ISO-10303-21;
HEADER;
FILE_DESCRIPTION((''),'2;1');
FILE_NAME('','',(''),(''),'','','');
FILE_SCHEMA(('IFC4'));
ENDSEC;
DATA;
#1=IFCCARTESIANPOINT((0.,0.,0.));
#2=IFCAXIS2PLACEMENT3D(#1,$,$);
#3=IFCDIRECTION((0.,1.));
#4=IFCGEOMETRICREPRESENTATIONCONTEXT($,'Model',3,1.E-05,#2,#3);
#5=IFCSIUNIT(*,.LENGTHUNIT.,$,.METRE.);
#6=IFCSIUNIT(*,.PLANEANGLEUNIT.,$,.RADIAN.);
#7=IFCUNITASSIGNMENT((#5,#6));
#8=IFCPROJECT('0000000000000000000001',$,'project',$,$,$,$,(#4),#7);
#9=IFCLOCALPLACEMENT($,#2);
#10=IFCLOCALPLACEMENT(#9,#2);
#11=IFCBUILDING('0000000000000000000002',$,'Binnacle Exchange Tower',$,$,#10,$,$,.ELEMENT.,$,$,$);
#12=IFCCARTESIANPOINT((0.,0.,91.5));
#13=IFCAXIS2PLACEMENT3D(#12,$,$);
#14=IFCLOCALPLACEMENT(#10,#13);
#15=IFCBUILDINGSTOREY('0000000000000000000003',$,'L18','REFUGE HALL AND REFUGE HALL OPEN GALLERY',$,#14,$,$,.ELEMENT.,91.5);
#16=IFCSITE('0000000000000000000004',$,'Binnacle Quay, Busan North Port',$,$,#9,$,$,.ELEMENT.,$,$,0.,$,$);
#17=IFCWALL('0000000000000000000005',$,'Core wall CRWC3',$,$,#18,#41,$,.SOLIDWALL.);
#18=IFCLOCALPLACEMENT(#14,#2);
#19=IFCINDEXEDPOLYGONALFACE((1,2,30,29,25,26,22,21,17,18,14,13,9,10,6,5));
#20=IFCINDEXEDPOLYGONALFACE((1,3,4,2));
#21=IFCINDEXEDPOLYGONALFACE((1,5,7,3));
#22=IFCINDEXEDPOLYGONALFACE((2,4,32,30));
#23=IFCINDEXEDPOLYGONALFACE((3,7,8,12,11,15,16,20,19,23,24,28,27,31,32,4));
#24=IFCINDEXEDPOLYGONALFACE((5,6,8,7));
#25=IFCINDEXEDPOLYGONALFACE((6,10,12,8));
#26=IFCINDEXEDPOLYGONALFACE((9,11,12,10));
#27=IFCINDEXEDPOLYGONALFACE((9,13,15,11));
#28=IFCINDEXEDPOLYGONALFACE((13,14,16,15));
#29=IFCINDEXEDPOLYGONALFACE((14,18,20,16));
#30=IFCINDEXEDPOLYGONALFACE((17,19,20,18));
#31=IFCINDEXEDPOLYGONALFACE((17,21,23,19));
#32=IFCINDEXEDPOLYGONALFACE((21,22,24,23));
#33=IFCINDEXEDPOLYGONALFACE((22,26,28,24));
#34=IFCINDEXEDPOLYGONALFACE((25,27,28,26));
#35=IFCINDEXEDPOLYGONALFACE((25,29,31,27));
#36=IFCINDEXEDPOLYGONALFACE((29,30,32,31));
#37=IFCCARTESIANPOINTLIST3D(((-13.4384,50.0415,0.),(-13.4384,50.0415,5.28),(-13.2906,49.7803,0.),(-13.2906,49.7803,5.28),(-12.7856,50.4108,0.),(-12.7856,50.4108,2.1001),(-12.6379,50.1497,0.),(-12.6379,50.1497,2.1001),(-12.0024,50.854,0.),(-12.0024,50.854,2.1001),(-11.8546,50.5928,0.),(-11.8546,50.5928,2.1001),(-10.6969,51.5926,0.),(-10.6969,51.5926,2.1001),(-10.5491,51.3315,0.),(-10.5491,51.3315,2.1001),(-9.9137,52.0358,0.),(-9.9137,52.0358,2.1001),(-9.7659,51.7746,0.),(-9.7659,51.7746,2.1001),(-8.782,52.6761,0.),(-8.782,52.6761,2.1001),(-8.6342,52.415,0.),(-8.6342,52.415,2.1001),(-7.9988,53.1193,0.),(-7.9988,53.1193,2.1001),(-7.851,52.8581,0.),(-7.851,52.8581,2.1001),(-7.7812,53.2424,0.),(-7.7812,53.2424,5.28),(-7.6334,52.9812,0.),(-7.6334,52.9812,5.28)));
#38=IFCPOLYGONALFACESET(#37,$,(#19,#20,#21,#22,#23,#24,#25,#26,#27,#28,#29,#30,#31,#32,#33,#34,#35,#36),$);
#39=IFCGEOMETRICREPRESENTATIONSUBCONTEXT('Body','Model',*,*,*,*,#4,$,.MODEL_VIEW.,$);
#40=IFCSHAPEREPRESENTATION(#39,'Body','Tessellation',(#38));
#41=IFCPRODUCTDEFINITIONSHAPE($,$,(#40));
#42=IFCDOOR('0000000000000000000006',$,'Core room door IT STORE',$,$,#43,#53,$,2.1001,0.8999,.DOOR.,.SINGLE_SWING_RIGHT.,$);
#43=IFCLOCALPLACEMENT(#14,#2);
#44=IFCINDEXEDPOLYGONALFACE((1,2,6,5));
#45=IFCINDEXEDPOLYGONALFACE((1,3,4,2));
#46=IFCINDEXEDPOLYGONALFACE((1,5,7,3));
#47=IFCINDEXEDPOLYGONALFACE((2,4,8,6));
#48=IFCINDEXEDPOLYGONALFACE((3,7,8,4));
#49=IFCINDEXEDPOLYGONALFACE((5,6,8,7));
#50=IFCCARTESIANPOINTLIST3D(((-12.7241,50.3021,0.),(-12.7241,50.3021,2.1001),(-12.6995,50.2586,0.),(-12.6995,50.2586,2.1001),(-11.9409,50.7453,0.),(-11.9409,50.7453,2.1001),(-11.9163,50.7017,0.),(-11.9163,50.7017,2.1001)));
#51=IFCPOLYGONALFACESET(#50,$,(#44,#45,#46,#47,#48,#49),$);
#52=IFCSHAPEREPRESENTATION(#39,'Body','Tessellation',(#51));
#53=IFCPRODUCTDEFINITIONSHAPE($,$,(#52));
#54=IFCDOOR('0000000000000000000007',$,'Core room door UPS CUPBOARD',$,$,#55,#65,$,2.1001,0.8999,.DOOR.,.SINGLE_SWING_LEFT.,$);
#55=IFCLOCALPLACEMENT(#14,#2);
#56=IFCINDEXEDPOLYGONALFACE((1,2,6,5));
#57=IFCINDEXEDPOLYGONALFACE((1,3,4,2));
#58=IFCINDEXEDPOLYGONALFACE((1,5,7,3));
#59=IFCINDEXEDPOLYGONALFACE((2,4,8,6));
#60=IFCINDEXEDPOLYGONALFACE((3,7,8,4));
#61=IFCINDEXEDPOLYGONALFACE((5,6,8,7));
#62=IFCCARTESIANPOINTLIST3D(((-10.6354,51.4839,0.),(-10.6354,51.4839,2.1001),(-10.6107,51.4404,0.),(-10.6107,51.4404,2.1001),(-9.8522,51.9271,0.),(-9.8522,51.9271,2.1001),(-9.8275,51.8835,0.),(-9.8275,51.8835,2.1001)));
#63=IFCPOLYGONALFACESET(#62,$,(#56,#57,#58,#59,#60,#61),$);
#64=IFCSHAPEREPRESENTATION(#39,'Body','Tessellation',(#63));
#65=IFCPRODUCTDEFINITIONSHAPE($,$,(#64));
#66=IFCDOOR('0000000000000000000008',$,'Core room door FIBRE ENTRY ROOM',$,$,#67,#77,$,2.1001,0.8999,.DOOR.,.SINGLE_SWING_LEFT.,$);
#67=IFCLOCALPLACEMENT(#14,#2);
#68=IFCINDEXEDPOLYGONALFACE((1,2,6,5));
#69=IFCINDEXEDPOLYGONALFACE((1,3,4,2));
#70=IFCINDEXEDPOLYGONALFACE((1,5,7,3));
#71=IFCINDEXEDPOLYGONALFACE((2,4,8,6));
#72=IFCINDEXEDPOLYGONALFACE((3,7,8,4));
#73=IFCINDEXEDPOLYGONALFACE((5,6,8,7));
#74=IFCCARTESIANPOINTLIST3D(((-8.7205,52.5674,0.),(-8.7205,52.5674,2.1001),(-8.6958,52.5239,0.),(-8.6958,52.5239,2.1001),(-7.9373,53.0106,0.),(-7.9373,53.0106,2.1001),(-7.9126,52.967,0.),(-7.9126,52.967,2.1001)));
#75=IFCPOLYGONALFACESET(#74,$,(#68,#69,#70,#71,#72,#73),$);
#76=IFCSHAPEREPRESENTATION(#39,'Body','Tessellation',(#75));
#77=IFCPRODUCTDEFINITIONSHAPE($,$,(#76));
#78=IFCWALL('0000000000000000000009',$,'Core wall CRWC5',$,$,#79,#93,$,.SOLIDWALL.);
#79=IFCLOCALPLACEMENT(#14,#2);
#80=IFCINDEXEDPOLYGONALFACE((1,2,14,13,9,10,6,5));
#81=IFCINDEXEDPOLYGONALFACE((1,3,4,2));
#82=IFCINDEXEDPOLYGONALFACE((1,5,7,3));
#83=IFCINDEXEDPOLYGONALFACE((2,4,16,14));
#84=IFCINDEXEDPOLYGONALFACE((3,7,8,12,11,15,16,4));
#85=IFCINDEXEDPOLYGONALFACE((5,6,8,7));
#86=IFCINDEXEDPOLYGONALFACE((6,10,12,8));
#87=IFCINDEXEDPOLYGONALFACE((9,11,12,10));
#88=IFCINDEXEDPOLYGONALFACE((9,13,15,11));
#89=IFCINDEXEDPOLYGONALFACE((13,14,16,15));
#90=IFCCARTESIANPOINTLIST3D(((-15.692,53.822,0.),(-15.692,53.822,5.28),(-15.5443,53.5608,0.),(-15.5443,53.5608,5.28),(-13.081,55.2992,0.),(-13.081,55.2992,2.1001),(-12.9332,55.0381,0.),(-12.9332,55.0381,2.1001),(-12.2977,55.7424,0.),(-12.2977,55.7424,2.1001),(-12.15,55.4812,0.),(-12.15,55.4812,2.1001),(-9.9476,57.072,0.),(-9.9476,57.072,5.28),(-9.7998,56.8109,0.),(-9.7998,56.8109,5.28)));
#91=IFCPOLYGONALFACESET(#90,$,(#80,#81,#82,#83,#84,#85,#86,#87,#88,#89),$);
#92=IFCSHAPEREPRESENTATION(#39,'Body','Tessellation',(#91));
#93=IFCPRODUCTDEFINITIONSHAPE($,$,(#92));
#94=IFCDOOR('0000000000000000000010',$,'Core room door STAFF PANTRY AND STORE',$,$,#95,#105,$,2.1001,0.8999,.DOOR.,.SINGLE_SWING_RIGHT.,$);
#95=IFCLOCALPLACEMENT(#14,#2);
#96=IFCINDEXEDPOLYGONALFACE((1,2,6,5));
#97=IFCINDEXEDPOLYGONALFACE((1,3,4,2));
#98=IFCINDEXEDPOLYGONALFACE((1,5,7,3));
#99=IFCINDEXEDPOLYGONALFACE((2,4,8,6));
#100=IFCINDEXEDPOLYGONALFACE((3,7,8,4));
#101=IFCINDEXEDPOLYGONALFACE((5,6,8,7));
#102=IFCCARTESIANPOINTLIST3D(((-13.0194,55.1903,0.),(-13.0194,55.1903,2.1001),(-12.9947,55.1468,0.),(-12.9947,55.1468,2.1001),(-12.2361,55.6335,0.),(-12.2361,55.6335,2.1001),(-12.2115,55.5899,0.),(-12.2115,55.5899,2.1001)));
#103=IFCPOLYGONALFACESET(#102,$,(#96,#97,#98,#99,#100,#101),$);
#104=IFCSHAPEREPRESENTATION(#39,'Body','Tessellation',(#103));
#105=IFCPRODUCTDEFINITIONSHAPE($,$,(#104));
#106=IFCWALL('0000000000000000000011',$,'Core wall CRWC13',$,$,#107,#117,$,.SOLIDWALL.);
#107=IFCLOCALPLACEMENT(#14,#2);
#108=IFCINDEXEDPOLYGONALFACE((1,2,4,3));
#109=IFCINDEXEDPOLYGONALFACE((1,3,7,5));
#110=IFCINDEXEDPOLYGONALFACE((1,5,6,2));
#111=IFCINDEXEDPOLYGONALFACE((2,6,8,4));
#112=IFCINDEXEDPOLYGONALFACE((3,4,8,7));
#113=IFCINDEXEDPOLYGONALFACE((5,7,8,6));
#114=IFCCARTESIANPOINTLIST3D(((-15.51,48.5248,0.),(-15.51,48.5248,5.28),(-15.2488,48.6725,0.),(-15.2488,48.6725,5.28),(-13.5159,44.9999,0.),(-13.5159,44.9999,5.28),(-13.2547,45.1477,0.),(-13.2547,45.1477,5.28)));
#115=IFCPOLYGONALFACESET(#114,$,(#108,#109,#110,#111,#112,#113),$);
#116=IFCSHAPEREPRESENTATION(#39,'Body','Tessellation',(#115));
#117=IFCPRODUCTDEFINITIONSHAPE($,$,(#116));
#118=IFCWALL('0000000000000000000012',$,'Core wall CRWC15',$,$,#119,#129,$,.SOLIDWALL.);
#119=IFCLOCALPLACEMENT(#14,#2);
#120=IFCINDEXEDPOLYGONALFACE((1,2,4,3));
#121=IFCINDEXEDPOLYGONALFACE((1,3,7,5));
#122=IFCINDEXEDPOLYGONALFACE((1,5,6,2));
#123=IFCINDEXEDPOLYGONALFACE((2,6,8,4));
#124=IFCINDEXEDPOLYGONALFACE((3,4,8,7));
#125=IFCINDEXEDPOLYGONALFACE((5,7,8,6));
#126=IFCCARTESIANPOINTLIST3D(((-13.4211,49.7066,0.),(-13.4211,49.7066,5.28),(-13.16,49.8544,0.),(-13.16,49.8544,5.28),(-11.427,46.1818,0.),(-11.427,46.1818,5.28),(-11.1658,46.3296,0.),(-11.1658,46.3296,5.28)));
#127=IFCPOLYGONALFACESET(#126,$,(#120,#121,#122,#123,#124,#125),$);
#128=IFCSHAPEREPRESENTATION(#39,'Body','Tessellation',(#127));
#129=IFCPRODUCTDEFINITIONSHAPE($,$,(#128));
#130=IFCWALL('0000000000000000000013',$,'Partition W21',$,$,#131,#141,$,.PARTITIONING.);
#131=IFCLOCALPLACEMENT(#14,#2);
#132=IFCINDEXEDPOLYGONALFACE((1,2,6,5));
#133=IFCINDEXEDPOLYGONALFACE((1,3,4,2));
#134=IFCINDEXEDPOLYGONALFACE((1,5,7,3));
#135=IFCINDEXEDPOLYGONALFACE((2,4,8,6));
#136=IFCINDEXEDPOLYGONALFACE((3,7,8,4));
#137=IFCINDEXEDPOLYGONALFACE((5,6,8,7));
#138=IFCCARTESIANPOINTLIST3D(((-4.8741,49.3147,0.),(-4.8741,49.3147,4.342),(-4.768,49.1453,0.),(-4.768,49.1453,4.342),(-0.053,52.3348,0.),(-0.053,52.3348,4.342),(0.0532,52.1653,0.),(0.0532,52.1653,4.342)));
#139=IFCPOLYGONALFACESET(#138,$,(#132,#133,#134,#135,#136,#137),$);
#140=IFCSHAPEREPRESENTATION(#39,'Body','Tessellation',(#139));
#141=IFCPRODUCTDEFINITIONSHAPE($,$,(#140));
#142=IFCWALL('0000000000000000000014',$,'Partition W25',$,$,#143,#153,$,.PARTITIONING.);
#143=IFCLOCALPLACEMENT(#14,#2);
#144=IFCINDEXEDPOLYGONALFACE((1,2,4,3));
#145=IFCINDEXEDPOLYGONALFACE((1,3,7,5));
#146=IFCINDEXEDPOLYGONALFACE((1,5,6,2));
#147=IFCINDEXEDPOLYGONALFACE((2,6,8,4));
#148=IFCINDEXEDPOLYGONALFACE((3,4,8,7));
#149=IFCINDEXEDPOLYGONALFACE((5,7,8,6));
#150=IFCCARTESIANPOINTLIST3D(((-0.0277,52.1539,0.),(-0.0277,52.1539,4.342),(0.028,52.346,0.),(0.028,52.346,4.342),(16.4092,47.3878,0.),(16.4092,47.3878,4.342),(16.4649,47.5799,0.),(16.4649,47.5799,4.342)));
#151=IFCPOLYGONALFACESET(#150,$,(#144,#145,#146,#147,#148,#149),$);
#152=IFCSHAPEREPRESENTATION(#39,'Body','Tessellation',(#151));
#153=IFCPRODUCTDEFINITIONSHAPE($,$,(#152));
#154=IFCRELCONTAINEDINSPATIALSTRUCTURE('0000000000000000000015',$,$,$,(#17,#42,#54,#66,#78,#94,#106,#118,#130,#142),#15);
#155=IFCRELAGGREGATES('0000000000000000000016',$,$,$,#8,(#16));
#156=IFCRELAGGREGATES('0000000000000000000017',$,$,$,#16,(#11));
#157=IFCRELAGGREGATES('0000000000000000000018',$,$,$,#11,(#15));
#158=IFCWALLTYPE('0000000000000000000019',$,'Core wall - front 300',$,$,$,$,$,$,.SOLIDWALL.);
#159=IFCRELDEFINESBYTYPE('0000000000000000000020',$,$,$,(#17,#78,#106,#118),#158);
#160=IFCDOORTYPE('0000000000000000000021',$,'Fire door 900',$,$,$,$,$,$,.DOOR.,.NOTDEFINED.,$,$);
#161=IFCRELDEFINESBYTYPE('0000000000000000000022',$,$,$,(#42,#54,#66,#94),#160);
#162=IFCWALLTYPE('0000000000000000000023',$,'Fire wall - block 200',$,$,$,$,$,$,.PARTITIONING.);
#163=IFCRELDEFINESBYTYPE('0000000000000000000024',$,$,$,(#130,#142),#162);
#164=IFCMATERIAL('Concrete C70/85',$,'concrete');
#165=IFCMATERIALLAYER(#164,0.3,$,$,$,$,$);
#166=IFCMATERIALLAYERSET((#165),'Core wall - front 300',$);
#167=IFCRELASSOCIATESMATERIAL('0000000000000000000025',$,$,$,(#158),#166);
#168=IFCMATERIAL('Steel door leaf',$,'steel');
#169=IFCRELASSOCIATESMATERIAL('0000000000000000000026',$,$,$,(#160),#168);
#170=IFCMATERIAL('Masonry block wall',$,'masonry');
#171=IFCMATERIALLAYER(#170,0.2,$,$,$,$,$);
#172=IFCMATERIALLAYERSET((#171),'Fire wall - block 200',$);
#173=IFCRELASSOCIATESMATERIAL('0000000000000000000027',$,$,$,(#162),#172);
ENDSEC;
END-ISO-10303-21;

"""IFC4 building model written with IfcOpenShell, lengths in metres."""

from ifc_helpers import new_model, si_unit, direction, frame, frame_2d, origin, place, context, subcontext, project, spatial, rectangle, extrude, material, layer, layer_set, type_object, element, fill, save


model = new_model("IFC4")

# Units and contexts
model_context = context("Model", 3, precision=1e-05, world=origin(), true_north=direction((0.0, 1.0)))
body_context = subcontext(model_context, "Body", "Model", "MODEL_VIEW")
ifc_project = project(units=[si_unit("LENGTHUNIT", "METRE"), si_unit("PLANEANGLEUNIT", "RADIAN")], contexts=[model_context])

# Site, building, storey
site_placement = place(None, origin())
site = spatial("IfcSite", under=ifc_project, at=site_placement, Name="Binnacle Quay, Busan North Port", CompositionType="ELEMENT", RefElevation=0.0)
building_placement = place(site_placement, origin())
building = spatial("IfcBuilding", under=site, at=building_placement, Name="Binnacle Exchange Tower", CompositionType="ELEMENT")
storey_placement = place(building_placement, frame((0.0, 0.0, 91.5)))
storey = spatial("IfcBuildingStorey", under=building, at=storey_placement, Name="L18", Description="REFUGE HALL AND REFUGE HALL OPEN GALLERY", CompositionType="ELEMENT", Elevation=91.5)

# Shared definitions
ifc_material_1 = material(Name="Concrete C70/85", Category="concrete")

# Wall, openings, doors
ifc_layer_1 = layer(ifc_material_1, 0.3)
ifc_layer_set_1 = layer_set([ifc_layer_1], Name="Core wall - front 300")
wall_type_1 = type_object("IfcWallType", Name="Core wall - front 300", PredefinedType="SOLIDWALL", material=ifc_layer_set_1)
wall_1_placement = place(storey_placement, frame((-13.3645, 49.9109, 0.0), z_axis=(0.0, 0.0, 1.0), x_axis=(0.870341, 0.49245, 0.0)))
wall_1 = element("IfcWall", 1, at=wall_1_placement, inside=storey, type_object=wall_type_1, Name="Core wall CRWC3", PredefinedType="SOLIDWALL", context=body_context, shape_type="SweptSolid", body=[
    extrude(rectangle(XDim=6.5, YDim=0.3, at=frame_2d((3.25, 0.0))), origin(), (0.0, 0.0, 1.0), 5.28),
])
opening_1_placement = place(wall_1_placement, frame((0.75, 0.0, 0.0)))
opening_1 = element("IfcOpeningElement", 2, at=opening_1_placement, cuts=wall_1, PredefinedType="OPENING", context=body_context, shape_type="SweptSolid", body=[
    extrude(rectangle(XDim=0.8999, YDim=2.1001, at=frame_2d((0.45, 1.05))), frame((0.0, 0.1599, 0.0), z_axis=(0.0, -1.0, 0.0), x_axis=(1.0, 0.0, 0.0)), (0.0, 0.0, 1.0), 0.3201),
])
opening_2_placement = place(wall_1_placement, frame((3.1499, 0.0, 0.0)))
opening_2 = element("IfcOpeningElement", 3, at=opening_2_placement, cuts=wall_1, PredefinedType="OPENING", context=body_context, shape_type="SweptSolid", body=[
    extrude(rectangle(XDim=0.8999, YDim=2.1001, at=frame_2d((0.45, 1.05))), frame((0.0, 0.1599, 0.0), z_axis=(0.0, -1.0, 0.0), x_axis=(1.0, 0.0, 0.0)), (0.0, 0.0, 1.0), 0.3201),
])
opening_3_placement = place(wall_1_placement, frame((5.3501, 0.0, 0.0)))
opening_3 = element("IfcOpeningElement", 4, at=opening_3_placement, cuts=wall_1, PredefinedType="OPENING", context=body_context, shape_type="SweptSolid", body=[
    extrude(rectangle(XDim=0.8999, YDim=2.1001, at=frame_2d((0.45, 1.05))), frame((0.0, 0.1599, 0.0), z_axis=(0.0, -1.0, 0.0), x_axis=(1.0, 0.0, 0.0)), (0.0, 0.0, 1.0), 0.3201),
])
ifc_material_2 = material(Name="Steel door leaf", Category="steel")
door_type_1 = type_object("IfcDoorType", Name="Fire door 900", OperationType="NOTDEFINED", PredefinedType="DOOR", material=ifc_material_2)
door_1_placement = place(opening_1_placement, frame((0.8999, 0.0, 0.0), z_axis=(0.0, 0.0, 1.0), x_axis=(-1.0, 0.0, 0.0)))
door_1 = element("IfcDoor", 5, at=door_1_placement, inside=storey, type_object=door_type_1, Name="Core room door IT STORE", OperationType="SINGLE_SWING_RIGHT", OverallHeight=2.1001, OverallWidth=0.8999, PredefinedType="DOOR", context=body_context, shape_type="SweptSolid", body=[
    extrude(rectangle(XDim=0.8999, YDim=2.1001, at=frame_2d((0.45, 1.05))), frame((0.0, 0.0249, 0.0), z_axis=(0.0, -1.0, 0.0), x_axis=(1.0, 0.0, 0.0)), (0.0, 0.0, 1.0), 0.05),
])
fill(opening_1, door_1)
door_2_placement = place(opening_2_placement, frame((0.8999, 0.0, 0.0), z_axis=(0.0, 0.0, 1.0), x_axis=(-1.0, 0.0, 0.0)))
door_2 = element("IfcDoor", 6, at=door_2_placement, inside=storey, type_object=door_type_1, Name="Core room door UPS CUPBOARD", OperationType="SINGLE_SWING_LEFT", OverallHeight=2.1001, OverallWidth=0.8999, PredefinedType="DOOR", context=body_context, shape_type="SweptSolid", body=[
    extrude(rectangle(XDim=0.8999, YDim=2.1001, at=frame_2d((0.45, 1.05))), frame((0.0, 0.0249, 0.0), z_axis=(0.0, -1.0, 0.0), x_axis=(1.0, 0.0, 0.0)), (0.0, 0.0, 1.0), 0.05),
])
fill(opening_2, door_2)
door_3_placement = place(opening_3_placement, frame((0.8999, 0.0, 0.0), z_axis=(0.0, 0.0, 1.0), x_axis=(-1.0, 0.0, 0.0)))
door_3 = element("IfcDoor", 7, at=door_3_placement, inside=storey, type_object=door_type_1, Name="Core room door FIBRE ENTRY ROOM", OperationType="SINGLE_SWING_LEFT", OverallHeight=2.1001, OverallWidth=0.8999, PredefinedType="DOOR", context=body_context, shape_type="SweptSolid", body=[
    extrude(rectangle(XDim=0.8999, YDim=2.1001, at=frame_2d((0.45, 1.05))), frame((0.0, 0.0249, 0.0), z_axis=(0.0, -1.0, 0.0), x_axis=(1.0, 0.0, 0.0)), (0.0, 0.0, 1.0), 0.05),
])
fill(opening_3, door_3)

# Wall, opening, door
wall_2_placement = place(storey_placement, frame((-15.6182, 53.6914, 0.0), z_axis=(0.0, 0.0, 1.0), x_axis=(0.870357, 0.492422, 0.0)))
wall_2 = element("IfcWall", 8, at=wall_2_placement, inside=storey, type_object=wall_type_1, Name="Core wall CRWC5", PredefinedType="SOLIDWALL", context=body_context, shape_type="SweptSolid", body=[
    extrude(rectangle(XDim=6.6001, YDim=0.3, at=frame_2d((3.3, 0.0))), origin(), (0.0, 0.0, 1.0), 5.28),
])
opening_4_placement = place(wall_2_placement, frame((3.0, 0.0, 0.0)))
opening_4 = element("IfcOpeningElement", 9, at=opening_4_placement, cuts=wall_2, PredefinedType="OPENING", context=body_context, shape_type="SweptSolid", body=[
    extrude(rectangle(XDim=0.8999, YDim=2.1001, at=frame_2d((0.45, 1.05))), frame((0.0, 0.1599, 0.0), z_axis=(0.0, -1.0, 0.0), x_axis=(1.0, 0.0, 0.0)), (0.0, 0.0, 1.0), 0.3201),
])
door_4_placement = place(opening_4_placement, origin())
door_4 = element("IfcDoor", 10, at=door_4_placement, inside=storey, type_object=door_type_1, Name="Core room door STAFF PANTRY AND STORE", OperationType="SINGLE_SWING_RIGHT", OverallHeight=2.1001, OverallWidth=0.8999, PredefinedType="DOOR", context=body_context, shape_type="SweptSolid", body=[
    extrude(rectangle(XDim=0.8999, YDim=2.1001, at=frame_2d((0.45, 1.05))), frame((0.0, 0.0249, 0.0), z_axis=(0.0, -1.0, 0.0), x_axis=(1.0, 0.0, 0.0)), (0.0, 0.0, 1.0), 0.05),
])
fill(opening_4, door_4)

# Walls
for number, where, z_axis, x_axis, name in (
    (11, (-15.3794, 48.5986, 0.0), (0.0, 0.0, 1.0), (0.492395, -0.870372, 0.0), "Core wall CRWC13"),
    (12, (-13.2905, 49.7805, 0.0), (0.0, 0.0, 1.0), (0.492395, -0.870372, 0.0), "Core wall CRWC15"),
):
    element("IfcWall", number, at=place(storey_placement, frame(where, z_axis=z_axis, x_axis=x_axis)), inside=storey, type_object=wall_type_1, Name=name, PredefinedType="SOLIDWALL", context=body_context, shape_type="SweptSolid", body=[
        extrude(rectangle(XDim=4.0498, YDim=0.3, at=frame_2d((2.0249, 0.0))), origin(), (0.0, 0.0, 1.0), 5.28),
    ])
ifc_material_3 = material(Name="Masonry block wall", Category="masonry")
ifc_layer_2 = layer(ifc_material_3, 0.2)
ifc_layer_set_2 = layer_set([ifc_layer_2], Name="Fire wall - block 200")
wall_type_2 = type_object("IfcWallType", Name="Fire wall - block 200", PredefinedType="PARTITIONING", material=ifc_layer_set_2)
wall_3_placement = place(storey_placement, frame((-4.821, 49.23, 0.0), z_axis=(0.0, 0.0, 1.0), x_axis=(0.847455, 0.530867, 0.0)))
element("IfcWall", 13, at=wall_3_placement, inside=storey, type_object=wall_type_2, Name="Partition W21", PredefinedType="PARTITIONING", context=body_context, shape_type="SweptSolid", body=[
    extrude(rectangle(XDim=5.689, YDim=0.2, at=frame_2d((2.8445, 0.0))), origin(), (0.0, 0.0, 1.0), 4.342),
])
wall_4_placement = place(storey_placement, frame((0.0, 52.25, 0.0), z_axis=(0.0, 0.0, 1.0), x_axis=(0.960439, -0.278491, 0.0)))
element("IfcWall", 14, at=wall_4_placement, inside=storey, type_object=wall_type_2, Name="Partition W25", PredefinedType="PARTITIONING", context=body_context, shape_type="SweptSolid", body=[
    extrude(rectangle(XDim=17.114, YDim=0.2, at=frame_2d((8.5571, 0.0))), origin(), (0.0, 0.0, 1.0), 4.342),
])

save(model, "model.ifc")
